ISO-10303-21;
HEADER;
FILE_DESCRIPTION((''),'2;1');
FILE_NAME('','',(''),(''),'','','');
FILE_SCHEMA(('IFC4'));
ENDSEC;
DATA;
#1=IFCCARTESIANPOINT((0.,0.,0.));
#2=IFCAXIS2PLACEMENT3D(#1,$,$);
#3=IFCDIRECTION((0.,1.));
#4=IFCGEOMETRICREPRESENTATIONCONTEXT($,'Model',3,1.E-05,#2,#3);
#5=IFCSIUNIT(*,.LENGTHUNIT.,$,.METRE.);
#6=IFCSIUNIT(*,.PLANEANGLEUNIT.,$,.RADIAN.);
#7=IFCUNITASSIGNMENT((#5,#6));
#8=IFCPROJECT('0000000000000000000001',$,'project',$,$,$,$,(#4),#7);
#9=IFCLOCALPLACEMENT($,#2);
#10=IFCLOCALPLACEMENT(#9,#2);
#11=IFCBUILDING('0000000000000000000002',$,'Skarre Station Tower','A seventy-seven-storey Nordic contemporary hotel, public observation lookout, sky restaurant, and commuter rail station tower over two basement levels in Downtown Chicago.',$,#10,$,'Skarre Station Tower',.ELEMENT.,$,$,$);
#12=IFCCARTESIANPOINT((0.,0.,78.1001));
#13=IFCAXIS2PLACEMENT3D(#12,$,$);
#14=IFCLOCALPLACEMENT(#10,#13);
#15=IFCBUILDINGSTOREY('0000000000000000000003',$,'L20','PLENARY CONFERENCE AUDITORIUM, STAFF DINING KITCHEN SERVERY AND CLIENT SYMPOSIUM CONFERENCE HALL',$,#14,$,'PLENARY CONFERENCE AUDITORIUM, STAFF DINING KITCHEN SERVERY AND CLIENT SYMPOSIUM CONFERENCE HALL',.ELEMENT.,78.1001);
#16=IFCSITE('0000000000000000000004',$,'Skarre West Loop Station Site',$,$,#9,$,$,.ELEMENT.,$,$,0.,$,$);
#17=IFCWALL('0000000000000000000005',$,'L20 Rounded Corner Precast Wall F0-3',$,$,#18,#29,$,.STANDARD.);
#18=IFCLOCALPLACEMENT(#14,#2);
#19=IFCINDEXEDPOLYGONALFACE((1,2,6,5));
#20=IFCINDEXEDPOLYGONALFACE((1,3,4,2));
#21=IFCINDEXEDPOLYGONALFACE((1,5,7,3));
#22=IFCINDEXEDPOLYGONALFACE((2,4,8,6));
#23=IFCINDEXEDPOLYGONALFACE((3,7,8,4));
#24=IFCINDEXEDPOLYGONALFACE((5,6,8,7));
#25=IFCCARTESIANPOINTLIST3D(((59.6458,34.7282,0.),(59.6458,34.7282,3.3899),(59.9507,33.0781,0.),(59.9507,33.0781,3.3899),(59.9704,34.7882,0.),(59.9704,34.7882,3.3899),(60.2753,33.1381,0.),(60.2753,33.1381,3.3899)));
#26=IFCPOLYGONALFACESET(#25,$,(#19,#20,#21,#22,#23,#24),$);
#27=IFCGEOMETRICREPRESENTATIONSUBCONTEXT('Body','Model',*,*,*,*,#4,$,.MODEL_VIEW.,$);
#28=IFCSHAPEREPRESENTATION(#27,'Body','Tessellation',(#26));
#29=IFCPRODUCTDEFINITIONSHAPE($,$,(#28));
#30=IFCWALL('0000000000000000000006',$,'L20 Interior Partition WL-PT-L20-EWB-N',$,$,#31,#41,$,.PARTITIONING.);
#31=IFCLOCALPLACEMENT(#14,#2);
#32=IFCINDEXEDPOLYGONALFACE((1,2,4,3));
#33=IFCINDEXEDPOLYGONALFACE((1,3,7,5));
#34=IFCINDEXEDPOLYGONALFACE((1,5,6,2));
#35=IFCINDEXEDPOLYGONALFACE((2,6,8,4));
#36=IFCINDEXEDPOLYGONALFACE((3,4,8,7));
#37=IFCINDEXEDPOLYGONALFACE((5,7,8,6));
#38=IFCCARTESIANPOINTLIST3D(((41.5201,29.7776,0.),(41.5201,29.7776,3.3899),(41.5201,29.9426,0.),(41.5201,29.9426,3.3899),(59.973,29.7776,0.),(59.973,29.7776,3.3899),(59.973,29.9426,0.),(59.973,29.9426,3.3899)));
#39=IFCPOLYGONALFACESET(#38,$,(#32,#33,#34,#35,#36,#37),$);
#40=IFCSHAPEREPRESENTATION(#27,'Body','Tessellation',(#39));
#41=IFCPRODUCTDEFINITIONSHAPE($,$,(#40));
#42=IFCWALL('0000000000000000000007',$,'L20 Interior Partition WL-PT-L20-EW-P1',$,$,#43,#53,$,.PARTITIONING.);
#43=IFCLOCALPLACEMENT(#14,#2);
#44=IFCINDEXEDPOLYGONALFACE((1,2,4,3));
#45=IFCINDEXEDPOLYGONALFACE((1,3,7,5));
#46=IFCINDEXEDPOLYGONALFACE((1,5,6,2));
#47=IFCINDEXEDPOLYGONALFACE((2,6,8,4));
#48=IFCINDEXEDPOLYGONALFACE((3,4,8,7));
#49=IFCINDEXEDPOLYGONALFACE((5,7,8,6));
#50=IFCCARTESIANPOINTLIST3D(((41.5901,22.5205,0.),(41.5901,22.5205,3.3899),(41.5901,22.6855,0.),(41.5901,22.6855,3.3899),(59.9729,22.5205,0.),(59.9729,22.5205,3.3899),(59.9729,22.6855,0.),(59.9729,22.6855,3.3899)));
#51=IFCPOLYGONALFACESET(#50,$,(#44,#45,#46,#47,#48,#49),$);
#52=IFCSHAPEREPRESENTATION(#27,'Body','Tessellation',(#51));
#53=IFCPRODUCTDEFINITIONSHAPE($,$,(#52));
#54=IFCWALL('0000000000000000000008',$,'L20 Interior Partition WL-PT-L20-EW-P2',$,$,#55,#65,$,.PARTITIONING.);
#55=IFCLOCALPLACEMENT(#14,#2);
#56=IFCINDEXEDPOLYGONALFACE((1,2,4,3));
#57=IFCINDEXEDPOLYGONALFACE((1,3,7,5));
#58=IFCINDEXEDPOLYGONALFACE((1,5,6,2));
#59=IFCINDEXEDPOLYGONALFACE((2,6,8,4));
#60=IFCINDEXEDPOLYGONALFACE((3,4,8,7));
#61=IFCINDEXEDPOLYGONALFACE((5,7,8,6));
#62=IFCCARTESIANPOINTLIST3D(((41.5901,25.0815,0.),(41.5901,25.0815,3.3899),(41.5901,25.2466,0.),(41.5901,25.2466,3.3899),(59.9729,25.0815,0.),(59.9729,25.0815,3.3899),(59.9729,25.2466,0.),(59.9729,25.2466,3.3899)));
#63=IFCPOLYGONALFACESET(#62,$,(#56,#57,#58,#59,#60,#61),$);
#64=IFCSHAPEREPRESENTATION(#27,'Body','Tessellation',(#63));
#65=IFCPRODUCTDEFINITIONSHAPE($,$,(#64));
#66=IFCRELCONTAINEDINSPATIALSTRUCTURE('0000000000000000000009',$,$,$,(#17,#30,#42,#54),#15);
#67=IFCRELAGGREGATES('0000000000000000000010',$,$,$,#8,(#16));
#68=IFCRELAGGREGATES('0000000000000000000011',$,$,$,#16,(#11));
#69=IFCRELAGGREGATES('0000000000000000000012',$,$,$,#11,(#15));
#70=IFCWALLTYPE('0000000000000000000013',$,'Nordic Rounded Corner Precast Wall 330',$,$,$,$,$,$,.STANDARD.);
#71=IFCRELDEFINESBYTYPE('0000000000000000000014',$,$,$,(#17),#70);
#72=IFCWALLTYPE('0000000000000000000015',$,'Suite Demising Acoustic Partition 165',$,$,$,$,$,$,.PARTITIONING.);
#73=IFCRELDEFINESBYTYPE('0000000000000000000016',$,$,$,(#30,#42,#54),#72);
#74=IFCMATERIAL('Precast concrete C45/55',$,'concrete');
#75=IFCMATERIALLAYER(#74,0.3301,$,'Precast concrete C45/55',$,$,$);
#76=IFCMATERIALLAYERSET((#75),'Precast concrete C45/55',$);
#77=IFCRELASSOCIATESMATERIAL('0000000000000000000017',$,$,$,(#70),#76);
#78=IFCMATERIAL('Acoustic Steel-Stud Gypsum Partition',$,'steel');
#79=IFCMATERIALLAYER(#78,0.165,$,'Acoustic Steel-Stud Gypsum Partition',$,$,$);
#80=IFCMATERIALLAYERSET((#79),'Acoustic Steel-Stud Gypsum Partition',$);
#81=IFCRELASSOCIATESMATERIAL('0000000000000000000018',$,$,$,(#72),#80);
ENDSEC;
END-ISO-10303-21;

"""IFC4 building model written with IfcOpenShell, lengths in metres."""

from ifc_helpers import new_model, si_unit, direction, frame, frame_2d, origin, place, context, subcontext, project, spatial, rectangle, extrude, material, layer, layer_set, type_object, element, save


model = new_model("IFC4")

# Units and contexts
model_context = context("Model", 3, precision=1e-05, world=origin(), true_north=direction((0.0, 1.0)))
body_context = subcontext(model_context, "Body", "Model", "MODEL_VIEW")
ifc_project = project(units=[si_unit("LENGTHUNIT", "METRE"), si_unit("PLANEANGLEUNIT", "RADIAN")], contexts=[model_context])

# Site, building, storey
site_placement = place(None, origin())
site = spatial("IfcSite", under=ifc_project, at=site_placement, Name="Skarre West Loop Station Site", CompositionType="ELEMENT", RefElevation=0.0)
building_placement = place(site_placement, origin())
building = spatial("IfcBuilding", under=site, at=building_placement, Name="Skarre Station Tower", Description="A seventy-seven-storey Nordic contemporary hotel, public observation lookout, sky restaurant, and commuter rail station tower over two basement levels in Downtown Chicago.", LongName="Skarre Station Tower", CompositionType="ELEMENT")
storey_placement = place(building_placement, frame((0.0, 0.0, 78.1001)))
storey = spatial("IfcBuildingStorey", under=building, at=storey_placement, Name="L20", Description="PLENARY CONFERENCE AUDITORIUM, STAFF DINING KITCHEN SERVERY AND CLIENT SYMPOSIUM CONFERENCE HALL", LongName="PLENARY CONFERENCE AUDITORIUM, STAFF DINING KITCHEN SERVERY AND CLIENT SYMPOSIUM CONFERENCE HALL", CompositionType="ELEMENT", Elevation=78.1001)

# Shared definitions
ifc_material_1 = material(Name="Acoustic Steel-Stud Gypsum Partition", Category="steel")

# Shared definitions
ifc_material_2 = material(Name="Precast concrete C45/55", Category="concrete")

# Walls
ifc_layer_1 = layer(ifc_material_2, 0.3301, Name="Precast concrete C45/55")
ifc_layer_set_1 = layer_set([ifc_layer_1], Name="Precast concrete C45/55")
wall_type_1 = type_object("IfcWallType", Name="Nordic Rounded Corner Precast Wall 330", PredefinedType="STANDARD", material=ifc_layer_set_1)
wall_1_placement = place(storey_placement, frame((59.8081, 34.7581, 0.0), z_axis=(0.0, 0.0, 1.0), x_axis=(0.181714, -0.983351, 0.0)))
element("IfcWall", 1, at=wall_1_placement, inside=storey, type_object=wall_type_1, Name="L20 Rounded Corner Precast Wall F0-3", PredefinedType="STANDARD", context=body_context, shape_type="SweptSolid", body=[
    extrude(rectangle(XDim=1.678, YDim=0.3301, at=frame_2d((0.8389, 0.0))), origin(), (0.0, 0.0, 1.0), 3.3899),
])
ifc_layer_2 = layer(ifc_material_1, 0.165, Name="Acoustic Steel-Stud Gypsum Partition")
ifc_layer_set_2 = layer_set([ifc_layer_2], Name="Acoustic Steel-Stud Gypsum Partition")
wall_type_2 = type_object("IfcWallType", Name="Suite Demising Acoustic Partition 165", PredefinedType="PARTITIONING", material=ifc_layer_set_2)
wall_2_placement = place(storey_placement, frame((41.52, 29.8601, 0.0), z_axis=(0.0, 0.0, 1.0), x_axis=(1.0, 0.0, 0.0)))
element("IfcWall", 2, at=wall_2_placement, inside=storey, type_object=wall_type_2, Name="L20 Interior Partition WL-PT-L20-EWB-N", PredefinedType="PARTITIONING", context=body_context, shape_type="SweptSolid", body=[
    extrude(rectangle(XDim=18.4529, YDim=0.165, at=frame_2d((9.2266, 0.0))), origin(), (0.0, 0.0, 1.0), 3.3899),
])
for number, where, z_axis, x_axis, name in (
    (3, (41.5901, 22.603, 0.0), (0.0, 0.0, 1.0), (1.0, 0.0, 0.0), "L20 Interior Partition WL-PT-L20-EW-P1"),
    (4, (41.5901, 25.1641, 0.0), (0.0, 0.0, 1.0), (1.0, 0.0, 0.0), "L20 Interior Partition WL-PT-L20-EW-P2"),
):
    element("IfcWall", number, at=place(storey_placement, frame(where, z_axis=z_axis, x_axis=x_axis)), inside=storey, type_object=wall_type_2, Name=name, PredefinedType="PARTITIONING", context=body_context, shape_type="SweptSolid", body=[
        extrude(rectangle(XDim=18.3828, YDim=0.165, at=frame_2d((9.1914, 0.0))), origin(), (0.0, 0.0, 1.0), 3.3899),
    ])

save(model, "model.ifc")
